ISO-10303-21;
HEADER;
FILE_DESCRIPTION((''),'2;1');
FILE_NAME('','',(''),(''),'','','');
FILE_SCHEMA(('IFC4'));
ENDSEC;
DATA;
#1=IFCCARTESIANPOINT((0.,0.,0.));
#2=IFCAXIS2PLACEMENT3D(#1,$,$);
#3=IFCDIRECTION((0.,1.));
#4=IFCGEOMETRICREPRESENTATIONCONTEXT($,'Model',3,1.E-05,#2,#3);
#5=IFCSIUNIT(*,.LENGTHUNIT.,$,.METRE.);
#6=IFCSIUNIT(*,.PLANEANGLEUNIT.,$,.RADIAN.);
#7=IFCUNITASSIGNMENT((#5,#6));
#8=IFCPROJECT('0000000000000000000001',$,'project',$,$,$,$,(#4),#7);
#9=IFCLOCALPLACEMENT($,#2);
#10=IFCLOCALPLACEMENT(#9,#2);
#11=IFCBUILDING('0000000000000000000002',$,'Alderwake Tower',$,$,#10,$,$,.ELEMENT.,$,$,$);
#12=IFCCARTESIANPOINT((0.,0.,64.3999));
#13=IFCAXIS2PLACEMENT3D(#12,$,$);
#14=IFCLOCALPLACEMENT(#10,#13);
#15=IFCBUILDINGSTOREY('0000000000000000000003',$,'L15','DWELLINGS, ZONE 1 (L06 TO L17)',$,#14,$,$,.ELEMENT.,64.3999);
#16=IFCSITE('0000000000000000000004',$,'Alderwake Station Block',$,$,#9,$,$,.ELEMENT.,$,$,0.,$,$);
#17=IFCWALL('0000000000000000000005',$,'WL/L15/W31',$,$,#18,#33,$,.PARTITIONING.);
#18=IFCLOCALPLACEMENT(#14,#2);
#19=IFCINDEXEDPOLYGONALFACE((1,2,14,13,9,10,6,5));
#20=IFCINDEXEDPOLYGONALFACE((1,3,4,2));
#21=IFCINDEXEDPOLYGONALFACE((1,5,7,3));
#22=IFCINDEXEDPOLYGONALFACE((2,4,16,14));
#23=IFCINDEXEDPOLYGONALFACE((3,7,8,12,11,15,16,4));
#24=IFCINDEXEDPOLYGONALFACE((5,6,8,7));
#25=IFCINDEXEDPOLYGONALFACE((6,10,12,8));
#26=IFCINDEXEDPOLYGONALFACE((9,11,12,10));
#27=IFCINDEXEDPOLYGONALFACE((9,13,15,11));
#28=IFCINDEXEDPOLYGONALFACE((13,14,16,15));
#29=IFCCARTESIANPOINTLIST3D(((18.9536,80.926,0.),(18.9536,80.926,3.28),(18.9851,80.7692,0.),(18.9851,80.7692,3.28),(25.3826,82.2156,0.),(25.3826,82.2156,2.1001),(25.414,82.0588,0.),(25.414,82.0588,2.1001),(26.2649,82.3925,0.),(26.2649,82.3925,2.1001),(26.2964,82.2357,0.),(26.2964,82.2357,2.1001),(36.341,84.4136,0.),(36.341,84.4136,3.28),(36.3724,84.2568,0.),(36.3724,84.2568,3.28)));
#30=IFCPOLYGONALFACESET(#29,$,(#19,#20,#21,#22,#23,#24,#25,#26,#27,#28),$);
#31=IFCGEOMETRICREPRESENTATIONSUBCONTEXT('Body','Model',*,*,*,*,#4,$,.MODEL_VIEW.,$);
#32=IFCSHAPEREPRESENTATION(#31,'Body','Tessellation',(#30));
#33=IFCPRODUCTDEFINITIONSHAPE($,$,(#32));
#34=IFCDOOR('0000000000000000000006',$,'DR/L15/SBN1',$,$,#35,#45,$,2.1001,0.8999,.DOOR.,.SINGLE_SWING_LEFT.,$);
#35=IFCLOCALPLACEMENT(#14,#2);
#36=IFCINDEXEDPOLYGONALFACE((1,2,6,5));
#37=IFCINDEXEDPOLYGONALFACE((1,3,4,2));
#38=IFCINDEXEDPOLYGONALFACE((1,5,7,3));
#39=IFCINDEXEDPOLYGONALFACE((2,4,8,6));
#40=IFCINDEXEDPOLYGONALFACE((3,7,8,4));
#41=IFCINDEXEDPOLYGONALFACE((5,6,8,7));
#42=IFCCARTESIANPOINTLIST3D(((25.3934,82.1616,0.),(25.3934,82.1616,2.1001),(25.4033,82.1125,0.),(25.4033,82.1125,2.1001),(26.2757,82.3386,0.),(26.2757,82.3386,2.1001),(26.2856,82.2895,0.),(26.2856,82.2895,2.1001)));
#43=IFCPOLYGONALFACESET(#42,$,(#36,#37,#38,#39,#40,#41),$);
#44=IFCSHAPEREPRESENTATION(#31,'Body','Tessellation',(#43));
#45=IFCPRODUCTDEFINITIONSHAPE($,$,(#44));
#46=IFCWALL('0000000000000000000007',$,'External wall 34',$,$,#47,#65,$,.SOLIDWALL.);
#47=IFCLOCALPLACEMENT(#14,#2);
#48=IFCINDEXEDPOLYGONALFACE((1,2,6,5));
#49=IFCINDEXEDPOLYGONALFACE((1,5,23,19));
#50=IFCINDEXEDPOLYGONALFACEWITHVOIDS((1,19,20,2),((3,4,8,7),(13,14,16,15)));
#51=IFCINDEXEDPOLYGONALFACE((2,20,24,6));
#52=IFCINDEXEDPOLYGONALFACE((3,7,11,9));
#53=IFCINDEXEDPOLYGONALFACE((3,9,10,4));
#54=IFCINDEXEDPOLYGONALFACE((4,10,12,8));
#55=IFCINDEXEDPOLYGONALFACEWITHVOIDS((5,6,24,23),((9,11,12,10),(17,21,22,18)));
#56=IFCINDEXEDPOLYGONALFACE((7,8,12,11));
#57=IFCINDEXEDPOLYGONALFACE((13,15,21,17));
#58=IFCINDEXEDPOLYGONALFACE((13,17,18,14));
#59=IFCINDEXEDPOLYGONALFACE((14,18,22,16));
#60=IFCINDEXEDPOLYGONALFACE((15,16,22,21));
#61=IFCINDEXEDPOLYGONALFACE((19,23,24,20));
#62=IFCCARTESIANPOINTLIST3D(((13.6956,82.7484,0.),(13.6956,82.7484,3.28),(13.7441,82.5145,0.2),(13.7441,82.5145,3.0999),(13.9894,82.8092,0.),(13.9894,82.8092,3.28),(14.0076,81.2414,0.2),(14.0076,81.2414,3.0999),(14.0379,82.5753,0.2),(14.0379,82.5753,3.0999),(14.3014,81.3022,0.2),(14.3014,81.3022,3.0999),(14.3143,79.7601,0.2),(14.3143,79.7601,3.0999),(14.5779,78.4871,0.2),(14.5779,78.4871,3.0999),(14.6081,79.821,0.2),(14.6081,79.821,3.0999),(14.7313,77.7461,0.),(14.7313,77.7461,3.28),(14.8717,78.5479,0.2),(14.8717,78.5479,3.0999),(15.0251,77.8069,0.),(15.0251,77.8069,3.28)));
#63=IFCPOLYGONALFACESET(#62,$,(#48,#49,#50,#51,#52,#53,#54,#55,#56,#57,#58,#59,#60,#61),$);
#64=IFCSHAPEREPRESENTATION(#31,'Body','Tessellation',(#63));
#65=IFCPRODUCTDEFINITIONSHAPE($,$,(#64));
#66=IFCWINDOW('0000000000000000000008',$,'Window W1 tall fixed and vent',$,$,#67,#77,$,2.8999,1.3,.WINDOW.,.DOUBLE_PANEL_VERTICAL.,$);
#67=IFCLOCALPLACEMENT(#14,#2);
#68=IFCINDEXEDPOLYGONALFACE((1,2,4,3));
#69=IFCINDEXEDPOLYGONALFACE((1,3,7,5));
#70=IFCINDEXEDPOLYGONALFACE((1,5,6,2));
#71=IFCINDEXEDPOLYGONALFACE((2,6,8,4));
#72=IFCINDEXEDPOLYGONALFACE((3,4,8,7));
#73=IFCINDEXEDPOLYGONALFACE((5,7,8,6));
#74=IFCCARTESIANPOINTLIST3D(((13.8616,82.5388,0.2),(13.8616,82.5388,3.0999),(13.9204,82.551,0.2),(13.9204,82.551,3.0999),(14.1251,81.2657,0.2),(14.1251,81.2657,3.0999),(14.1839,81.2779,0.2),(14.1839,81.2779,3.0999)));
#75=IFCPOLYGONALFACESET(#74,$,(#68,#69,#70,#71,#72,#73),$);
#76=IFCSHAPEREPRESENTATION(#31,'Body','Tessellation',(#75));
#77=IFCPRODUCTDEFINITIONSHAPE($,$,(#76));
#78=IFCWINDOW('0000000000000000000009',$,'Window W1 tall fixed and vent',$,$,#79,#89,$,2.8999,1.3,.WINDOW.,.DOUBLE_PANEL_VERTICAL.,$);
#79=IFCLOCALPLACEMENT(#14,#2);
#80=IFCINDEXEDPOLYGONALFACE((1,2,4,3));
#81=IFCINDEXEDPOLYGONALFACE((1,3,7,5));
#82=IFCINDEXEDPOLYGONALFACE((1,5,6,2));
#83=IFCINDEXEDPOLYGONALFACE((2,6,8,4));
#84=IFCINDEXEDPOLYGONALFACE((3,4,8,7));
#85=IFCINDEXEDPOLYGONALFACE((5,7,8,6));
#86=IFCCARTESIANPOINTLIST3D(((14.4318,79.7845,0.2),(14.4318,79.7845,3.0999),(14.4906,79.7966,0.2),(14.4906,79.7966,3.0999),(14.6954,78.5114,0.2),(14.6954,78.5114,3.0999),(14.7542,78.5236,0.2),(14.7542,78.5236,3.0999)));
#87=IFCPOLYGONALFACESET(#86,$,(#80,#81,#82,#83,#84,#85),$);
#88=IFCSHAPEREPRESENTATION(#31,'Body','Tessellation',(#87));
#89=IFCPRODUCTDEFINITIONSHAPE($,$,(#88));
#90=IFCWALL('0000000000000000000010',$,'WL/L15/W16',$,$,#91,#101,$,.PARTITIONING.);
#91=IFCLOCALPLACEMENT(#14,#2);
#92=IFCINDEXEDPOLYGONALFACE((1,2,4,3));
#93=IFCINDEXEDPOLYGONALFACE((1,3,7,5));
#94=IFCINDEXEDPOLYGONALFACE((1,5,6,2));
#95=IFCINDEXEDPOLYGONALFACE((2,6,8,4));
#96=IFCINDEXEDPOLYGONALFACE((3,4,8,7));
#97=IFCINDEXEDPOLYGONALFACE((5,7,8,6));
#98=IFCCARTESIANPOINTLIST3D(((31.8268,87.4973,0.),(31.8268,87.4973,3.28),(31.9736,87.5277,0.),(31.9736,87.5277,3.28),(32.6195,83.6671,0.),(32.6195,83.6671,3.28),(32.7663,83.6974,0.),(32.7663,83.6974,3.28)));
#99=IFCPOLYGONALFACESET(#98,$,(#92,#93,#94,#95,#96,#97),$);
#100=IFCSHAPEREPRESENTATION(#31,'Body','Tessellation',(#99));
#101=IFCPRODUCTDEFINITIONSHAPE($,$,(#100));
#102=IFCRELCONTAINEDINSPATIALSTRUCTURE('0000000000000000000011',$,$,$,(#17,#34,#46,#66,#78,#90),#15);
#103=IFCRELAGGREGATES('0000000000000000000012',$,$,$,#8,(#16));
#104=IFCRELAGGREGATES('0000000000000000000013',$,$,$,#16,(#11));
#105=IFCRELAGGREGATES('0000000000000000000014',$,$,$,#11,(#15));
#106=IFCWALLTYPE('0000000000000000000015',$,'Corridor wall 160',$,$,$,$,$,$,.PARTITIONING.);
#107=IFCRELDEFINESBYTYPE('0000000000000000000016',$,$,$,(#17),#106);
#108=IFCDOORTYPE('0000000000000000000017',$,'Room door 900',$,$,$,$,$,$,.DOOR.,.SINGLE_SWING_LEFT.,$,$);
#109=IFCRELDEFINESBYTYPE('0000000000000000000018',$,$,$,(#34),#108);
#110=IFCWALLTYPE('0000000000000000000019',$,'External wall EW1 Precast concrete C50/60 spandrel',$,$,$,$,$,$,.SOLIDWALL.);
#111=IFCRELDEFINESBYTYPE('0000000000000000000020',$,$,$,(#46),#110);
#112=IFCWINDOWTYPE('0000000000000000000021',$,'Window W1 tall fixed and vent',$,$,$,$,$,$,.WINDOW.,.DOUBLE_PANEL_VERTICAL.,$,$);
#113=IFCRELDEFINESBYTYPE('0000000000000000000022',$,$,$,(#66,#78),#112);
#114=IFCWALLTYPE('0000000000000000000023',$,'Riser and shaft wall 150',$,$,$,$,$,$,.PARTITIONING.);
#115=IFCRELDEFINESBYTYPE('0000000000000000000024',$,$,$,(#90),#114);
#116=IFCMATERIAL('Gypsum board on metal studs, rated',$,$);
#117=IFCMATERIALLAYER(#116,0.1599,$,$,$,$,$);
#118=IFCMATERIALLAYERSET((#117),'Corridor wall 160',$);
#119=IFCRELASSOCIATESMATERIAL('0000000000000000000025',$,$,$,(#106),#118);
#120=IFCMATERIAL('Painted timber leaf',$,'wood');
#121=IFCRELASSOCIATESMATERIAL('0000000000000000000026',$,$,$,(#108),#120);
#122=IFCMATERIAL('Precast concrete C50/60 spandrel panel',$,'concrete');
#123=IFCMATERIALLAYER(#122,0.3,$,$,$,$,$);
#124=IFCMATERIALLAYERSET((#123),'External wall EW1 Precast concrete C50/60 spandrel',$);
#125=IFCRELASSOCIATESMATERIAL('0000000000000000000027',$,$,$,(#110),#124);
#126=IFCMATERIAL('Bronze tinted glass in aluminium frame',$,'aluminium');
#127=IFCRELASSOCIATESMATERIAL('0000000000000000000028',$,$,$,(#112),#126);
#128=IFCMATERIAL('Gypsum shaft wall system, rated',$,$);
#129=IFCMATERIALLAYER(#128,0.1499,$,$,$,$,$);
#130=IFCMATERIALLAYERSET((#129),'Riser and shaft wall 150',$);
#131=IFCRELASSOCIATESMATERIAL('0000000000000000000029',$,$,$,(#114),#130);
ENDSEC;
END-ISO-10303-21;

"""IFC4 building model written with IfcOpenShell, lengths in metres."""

from ifc_helpers import new_model, si_unit, direction, frame, frame_2d, origin, place, context, subcontext, project, spatial, rectangle, extrude, material, layer, layer_set, type_object, element, fill, save


model = new_model("IFC4")

# Units and contexts
model_context = context("Model", 3, precision=1e-05, world=origin(), true_north=direction((0.0, 1.0)))
body_context = subcontext(model_context, "Body", "Model", "MODEL_VIEW")
ifc_project = project(units=[si_unit("LENGTHUNIT", "METRE"), si_unit("PLANEANGLEUNIT", "RADIAN")], contexts=[model_context])

# Site, building, storey
site_placement = place(None, origin())
site = spatial("IfcSite", under=ifc_project, at=site_placement, Name="Alderwake Station Block", CompositionType="ELEMENT", RefElevation=0.0)
building_placement = place(site_placement, origin())
building = spatial("IfcBuilding", under=site, at=building_placement, Name="Alderwake Tower", CompositionType="ELEMENT")
storey_placement = place(building_placement, frame((0.0, 0.0, 64.3999)))
storey = spatial("IfcBuildingStorey", under=building, at=storey_placement, Name="L15", Description="DWELLINGS, ZONE 1 (L06 TO L17)", CompositionType="ELEMENT", Elevation=64.3999)

# Shared definitions
ifc_material_1 = material(Name="Gypsum board on metal studs, rated")
ifc_layer_1 = layer(ifc_material_1, 0.1599)
ifc_layer_set_1 = layer_set([ifc_layer_1], Name="Corridor wall 160")
wall_type_1 = type_object("IfcWallType", Name="Corridor wall 160", PredefinedType="PARTITIONING", material=ifc_layer_set_1)

# Wall, opening, door
wall_1_placement = place(storey_placement, frame((18.9695, 80.8477, 0.0), z_axis=(0.0, 0.0, 1.0), x_axis=(0.980471, 0.196664, 0.0)))
wall_1 = element("IfcWall", 1, at=wall_1_placement, inside=storey, type_object=wall_type_1, Name="WL/L15/W31", PredefinedType="PARTITIONING", context=body_context, shape_type="SweptSolid", body=[
    extrude(rectangle(XDim=17.7336, YDim=0.1599, at=frame_2d((8.8667, 0.0))), origin(), (0.0, 0.0, 1.0), 3.28),
])
opening_1_placement = place(wall_1_placement, frame((6.5569, 0.0, 0.0)))
opening_1 = element("IfcOpeningElement", 2, at=opening_1_placement, cuts=wall_1, PredefinedType="OPENING", context=body_context, shape_type="SweptSolid", body=[
    extrude(rectangle(XDim=0.8999, YDim=2.1001, at=frame_2d((0.45, 1.05))), frame((0.0, 0.0898, 0.0), z_axis=(0.0, -1.0, 0.0), x_axis=(1.0, 0.0, 0.0)), (0.0, 0.0, 1.0), 0.1799),
])
ifc_material_2 = material(Name="Painted timber leaf", Category="wood")
door_type_1 = type_object("IfcDoorType", Name="Room door 900", OperationType="SINGLE_SWING_LEFT", PredefinedType="DOOR", material=ifc_material_2)
door_1_placement = place(opening_1_placement, origin())
door_1 = element("IfcDoor", 3, at=door_1_placement, inside=storey, type_object=door_type_1, Name="DR/L15/SBN1", OperationType="SINGLE_SWING_LEFT", OverallHeight=2.1001, OverallWidth=0.8999, PredefinedType="DOOR", context=body_context, shape_type="SweptSolid", body=[
    extrude(rectangle(XDim=0.8999, YDim=2.1001, at=frame_2d((0.45, 1.05))), frame((0.0, 0.0249, 0.0), z_axis=(0.0, -1.0, 0.0), x_axis=(1.0, 0.0, 0.0)), (0.0, 0.0, 1.0), 0.05),
])
fill(opening_1, door_1)

# Wall, openings, windows
ifc_material_3 = material(Name="Precast concrete C50/60 spandrel panel", Category="concrete")
ifc_layer_2 = layer(ifc_material_3, 0.3)
ifc_layer_set_2 = layer_set([ifc_layer_2], Name="External wall EW1 Precast concrete C50/60 spandrel")
wall_type_2 = type_object("IfcWallType", Name="External wall EW1 Precast concrete C50/60 spandrel", PredefinedType="SOLIDWALL", material=ifc_layer_set_2)
wall_2_placement = place(storey_placement, frame((13.8425, 82.7788, 0.0), z_axis=(0.0, 0.0, 1.0), x_axis=(0.202738, -0.979233, 0.0)))
wall_2 = element("IfcWall", 4, at=wall_2_placement, inside=storey, type_object=wall_type_2, Name="External wall 34", PredefinedType="SOLIDWALL", context=body_context, shape_type="SweptSolid", body=[
    extrude(rectangle(XDim=5.1084, YDim=0.3, at=frame_2d((2.5542, 0.0))), origin(), (0.0, 0.0, 1.0), 3.28),
])
opening_2_placement = place(wall_2_placement, frame((0.239, 0.0, 0.2)))
opening_2 = element("IfcOpeningElement", 5, at=opening_2_placement, cuts=wall_2, PredefinedType="OPENING", context=body_context, shape_type="SweptSolid", body=[
    extrude(rectangle(XDim=1.3, YDim=2.8999, at=frame_2d((0.6499, 1.45))), frame((0.0, 0.1599, 0.0), z_axis=(0.0, -1.0, 0.0), x_axis=(1.0, 0.0, 0.0)), (0.0, 0.0, 1.0), 0.3201),
])
opening_3_placement = place(wall_2_placement, frame((3.0518, 0.0, 0.2)))
opening_3 = element("IfcOpeningElement", 6, at=opening_3_placement, cuts=wall_2, PredefinedType="OPENING", context=body_context, shape_type="SweptSolid", body=[
    extrude(rectangle(XDim=1.3, YDim=2.8999, at=frame_2d((0.6499, 1.45))), frame((0.0, 0.1599, 0.0), z_axis=(0.0, -1.0, 0.0), x_axis=(1.0, 0.0, 0.0)), (0.0, 0.0, 1.0), 0.3201),
])
ifc_material_4 = material(Name="Bronze tinted glass in aluminium frame", Category="aluminium")
window_type = type_object("IfcWindowType", Name="Window W1 tall fixed and vent", PartitioningType="DOUBLE_PANEL_VERTICAL", PredefinedType="WINDOW", material=ifc_material_4)
window_1_placement = place(opening_2_placement, origin())
window_1 = element("IfcWindow", 7, at=window_1_placement, inside=storey, type_object=window_type, Name="Window W1 tall fixed and vent", OverallHeight=2.8999, OverallWidth=1.3, PartitioningType="DOUBLE_PANEL_VERTICAL", PredefinedType="WINDOW", context=body_context, shape_type="SweptSolid", body=[
    extrude(rectangle(XDim=1.3, YDim=2.8999, at=frame_2d((0.6499, 1.45))), frame((0.0, 0.03, 0.0), z_axis=(0.0, -1.0, 0.0), x_axis=(1.0, 0.0, 0.0)), (0.0, 0.0, 1.0), 0.0601),
])
fill(opening_2, window_1)
window_2_placement = place(opening_3_placement, origin())
window_2 = element("IfcWindow", 8, at=window_2_placement, inside=storey, type_object=window_type, Name="Window W1 tall fixed and vent", OverallHeight=2.8999, OverallWidth=1.3, PartitioningType="DOUBLE_PANEL_VERTICAL", PredefinedType="WINDOW", context=body_context, shape_type="SweptSolid", body=[
    extrude(rectangle(XDim=1.3, YDim=2.8999, at=frame_2d((0.6499, 1.45))), frame((0.0, 0.03, 0.0), z_axis=(0.0, -1.0, 0.0), x_axis=(1.0, 0.0, 0.0)), (0.0, 0.0, 1.0), 0.0601),
])
fill(opening_3, window_2)

# Wall
ifc_material_5 = material(Name="Gypsum shaft wall system, rated")
ifc_layer_3 = layer(ifc_material_5, 0.1499)
ifc_layer_set_3 = layer_set([ifc_layer_3], Name="Riser and shaft wall 150")
wall_type_3 = type_object("IfcWallType", Name="Riser and shaft wall 150", PredefinedType="PARTITIONING", material=ifc_layer_set_3)
wall_3_placement = place(storey_placement, frame((32.6929, 83.6824, 0.0), z_axis=(0.0, 0.0, 1.0), x_axis=(-0.202665, 0.979248, 0.0)))
element("IfcWall", 9, at=wall_3_placement, inside=storey, type_object=wall_type_3, Name="WL/L15/W16", PredefinedType="PARTITIONING", context=body_context, shape_type="SweptSolid", body=[
    extrude(rectangle(XDim=3.9114, YDim=0.1499, at=frame_2d((1.9556, 0.0))), origin(), (0.0, 0.0, 1.0), 3.28),
])

save(model, "model.ifc")
